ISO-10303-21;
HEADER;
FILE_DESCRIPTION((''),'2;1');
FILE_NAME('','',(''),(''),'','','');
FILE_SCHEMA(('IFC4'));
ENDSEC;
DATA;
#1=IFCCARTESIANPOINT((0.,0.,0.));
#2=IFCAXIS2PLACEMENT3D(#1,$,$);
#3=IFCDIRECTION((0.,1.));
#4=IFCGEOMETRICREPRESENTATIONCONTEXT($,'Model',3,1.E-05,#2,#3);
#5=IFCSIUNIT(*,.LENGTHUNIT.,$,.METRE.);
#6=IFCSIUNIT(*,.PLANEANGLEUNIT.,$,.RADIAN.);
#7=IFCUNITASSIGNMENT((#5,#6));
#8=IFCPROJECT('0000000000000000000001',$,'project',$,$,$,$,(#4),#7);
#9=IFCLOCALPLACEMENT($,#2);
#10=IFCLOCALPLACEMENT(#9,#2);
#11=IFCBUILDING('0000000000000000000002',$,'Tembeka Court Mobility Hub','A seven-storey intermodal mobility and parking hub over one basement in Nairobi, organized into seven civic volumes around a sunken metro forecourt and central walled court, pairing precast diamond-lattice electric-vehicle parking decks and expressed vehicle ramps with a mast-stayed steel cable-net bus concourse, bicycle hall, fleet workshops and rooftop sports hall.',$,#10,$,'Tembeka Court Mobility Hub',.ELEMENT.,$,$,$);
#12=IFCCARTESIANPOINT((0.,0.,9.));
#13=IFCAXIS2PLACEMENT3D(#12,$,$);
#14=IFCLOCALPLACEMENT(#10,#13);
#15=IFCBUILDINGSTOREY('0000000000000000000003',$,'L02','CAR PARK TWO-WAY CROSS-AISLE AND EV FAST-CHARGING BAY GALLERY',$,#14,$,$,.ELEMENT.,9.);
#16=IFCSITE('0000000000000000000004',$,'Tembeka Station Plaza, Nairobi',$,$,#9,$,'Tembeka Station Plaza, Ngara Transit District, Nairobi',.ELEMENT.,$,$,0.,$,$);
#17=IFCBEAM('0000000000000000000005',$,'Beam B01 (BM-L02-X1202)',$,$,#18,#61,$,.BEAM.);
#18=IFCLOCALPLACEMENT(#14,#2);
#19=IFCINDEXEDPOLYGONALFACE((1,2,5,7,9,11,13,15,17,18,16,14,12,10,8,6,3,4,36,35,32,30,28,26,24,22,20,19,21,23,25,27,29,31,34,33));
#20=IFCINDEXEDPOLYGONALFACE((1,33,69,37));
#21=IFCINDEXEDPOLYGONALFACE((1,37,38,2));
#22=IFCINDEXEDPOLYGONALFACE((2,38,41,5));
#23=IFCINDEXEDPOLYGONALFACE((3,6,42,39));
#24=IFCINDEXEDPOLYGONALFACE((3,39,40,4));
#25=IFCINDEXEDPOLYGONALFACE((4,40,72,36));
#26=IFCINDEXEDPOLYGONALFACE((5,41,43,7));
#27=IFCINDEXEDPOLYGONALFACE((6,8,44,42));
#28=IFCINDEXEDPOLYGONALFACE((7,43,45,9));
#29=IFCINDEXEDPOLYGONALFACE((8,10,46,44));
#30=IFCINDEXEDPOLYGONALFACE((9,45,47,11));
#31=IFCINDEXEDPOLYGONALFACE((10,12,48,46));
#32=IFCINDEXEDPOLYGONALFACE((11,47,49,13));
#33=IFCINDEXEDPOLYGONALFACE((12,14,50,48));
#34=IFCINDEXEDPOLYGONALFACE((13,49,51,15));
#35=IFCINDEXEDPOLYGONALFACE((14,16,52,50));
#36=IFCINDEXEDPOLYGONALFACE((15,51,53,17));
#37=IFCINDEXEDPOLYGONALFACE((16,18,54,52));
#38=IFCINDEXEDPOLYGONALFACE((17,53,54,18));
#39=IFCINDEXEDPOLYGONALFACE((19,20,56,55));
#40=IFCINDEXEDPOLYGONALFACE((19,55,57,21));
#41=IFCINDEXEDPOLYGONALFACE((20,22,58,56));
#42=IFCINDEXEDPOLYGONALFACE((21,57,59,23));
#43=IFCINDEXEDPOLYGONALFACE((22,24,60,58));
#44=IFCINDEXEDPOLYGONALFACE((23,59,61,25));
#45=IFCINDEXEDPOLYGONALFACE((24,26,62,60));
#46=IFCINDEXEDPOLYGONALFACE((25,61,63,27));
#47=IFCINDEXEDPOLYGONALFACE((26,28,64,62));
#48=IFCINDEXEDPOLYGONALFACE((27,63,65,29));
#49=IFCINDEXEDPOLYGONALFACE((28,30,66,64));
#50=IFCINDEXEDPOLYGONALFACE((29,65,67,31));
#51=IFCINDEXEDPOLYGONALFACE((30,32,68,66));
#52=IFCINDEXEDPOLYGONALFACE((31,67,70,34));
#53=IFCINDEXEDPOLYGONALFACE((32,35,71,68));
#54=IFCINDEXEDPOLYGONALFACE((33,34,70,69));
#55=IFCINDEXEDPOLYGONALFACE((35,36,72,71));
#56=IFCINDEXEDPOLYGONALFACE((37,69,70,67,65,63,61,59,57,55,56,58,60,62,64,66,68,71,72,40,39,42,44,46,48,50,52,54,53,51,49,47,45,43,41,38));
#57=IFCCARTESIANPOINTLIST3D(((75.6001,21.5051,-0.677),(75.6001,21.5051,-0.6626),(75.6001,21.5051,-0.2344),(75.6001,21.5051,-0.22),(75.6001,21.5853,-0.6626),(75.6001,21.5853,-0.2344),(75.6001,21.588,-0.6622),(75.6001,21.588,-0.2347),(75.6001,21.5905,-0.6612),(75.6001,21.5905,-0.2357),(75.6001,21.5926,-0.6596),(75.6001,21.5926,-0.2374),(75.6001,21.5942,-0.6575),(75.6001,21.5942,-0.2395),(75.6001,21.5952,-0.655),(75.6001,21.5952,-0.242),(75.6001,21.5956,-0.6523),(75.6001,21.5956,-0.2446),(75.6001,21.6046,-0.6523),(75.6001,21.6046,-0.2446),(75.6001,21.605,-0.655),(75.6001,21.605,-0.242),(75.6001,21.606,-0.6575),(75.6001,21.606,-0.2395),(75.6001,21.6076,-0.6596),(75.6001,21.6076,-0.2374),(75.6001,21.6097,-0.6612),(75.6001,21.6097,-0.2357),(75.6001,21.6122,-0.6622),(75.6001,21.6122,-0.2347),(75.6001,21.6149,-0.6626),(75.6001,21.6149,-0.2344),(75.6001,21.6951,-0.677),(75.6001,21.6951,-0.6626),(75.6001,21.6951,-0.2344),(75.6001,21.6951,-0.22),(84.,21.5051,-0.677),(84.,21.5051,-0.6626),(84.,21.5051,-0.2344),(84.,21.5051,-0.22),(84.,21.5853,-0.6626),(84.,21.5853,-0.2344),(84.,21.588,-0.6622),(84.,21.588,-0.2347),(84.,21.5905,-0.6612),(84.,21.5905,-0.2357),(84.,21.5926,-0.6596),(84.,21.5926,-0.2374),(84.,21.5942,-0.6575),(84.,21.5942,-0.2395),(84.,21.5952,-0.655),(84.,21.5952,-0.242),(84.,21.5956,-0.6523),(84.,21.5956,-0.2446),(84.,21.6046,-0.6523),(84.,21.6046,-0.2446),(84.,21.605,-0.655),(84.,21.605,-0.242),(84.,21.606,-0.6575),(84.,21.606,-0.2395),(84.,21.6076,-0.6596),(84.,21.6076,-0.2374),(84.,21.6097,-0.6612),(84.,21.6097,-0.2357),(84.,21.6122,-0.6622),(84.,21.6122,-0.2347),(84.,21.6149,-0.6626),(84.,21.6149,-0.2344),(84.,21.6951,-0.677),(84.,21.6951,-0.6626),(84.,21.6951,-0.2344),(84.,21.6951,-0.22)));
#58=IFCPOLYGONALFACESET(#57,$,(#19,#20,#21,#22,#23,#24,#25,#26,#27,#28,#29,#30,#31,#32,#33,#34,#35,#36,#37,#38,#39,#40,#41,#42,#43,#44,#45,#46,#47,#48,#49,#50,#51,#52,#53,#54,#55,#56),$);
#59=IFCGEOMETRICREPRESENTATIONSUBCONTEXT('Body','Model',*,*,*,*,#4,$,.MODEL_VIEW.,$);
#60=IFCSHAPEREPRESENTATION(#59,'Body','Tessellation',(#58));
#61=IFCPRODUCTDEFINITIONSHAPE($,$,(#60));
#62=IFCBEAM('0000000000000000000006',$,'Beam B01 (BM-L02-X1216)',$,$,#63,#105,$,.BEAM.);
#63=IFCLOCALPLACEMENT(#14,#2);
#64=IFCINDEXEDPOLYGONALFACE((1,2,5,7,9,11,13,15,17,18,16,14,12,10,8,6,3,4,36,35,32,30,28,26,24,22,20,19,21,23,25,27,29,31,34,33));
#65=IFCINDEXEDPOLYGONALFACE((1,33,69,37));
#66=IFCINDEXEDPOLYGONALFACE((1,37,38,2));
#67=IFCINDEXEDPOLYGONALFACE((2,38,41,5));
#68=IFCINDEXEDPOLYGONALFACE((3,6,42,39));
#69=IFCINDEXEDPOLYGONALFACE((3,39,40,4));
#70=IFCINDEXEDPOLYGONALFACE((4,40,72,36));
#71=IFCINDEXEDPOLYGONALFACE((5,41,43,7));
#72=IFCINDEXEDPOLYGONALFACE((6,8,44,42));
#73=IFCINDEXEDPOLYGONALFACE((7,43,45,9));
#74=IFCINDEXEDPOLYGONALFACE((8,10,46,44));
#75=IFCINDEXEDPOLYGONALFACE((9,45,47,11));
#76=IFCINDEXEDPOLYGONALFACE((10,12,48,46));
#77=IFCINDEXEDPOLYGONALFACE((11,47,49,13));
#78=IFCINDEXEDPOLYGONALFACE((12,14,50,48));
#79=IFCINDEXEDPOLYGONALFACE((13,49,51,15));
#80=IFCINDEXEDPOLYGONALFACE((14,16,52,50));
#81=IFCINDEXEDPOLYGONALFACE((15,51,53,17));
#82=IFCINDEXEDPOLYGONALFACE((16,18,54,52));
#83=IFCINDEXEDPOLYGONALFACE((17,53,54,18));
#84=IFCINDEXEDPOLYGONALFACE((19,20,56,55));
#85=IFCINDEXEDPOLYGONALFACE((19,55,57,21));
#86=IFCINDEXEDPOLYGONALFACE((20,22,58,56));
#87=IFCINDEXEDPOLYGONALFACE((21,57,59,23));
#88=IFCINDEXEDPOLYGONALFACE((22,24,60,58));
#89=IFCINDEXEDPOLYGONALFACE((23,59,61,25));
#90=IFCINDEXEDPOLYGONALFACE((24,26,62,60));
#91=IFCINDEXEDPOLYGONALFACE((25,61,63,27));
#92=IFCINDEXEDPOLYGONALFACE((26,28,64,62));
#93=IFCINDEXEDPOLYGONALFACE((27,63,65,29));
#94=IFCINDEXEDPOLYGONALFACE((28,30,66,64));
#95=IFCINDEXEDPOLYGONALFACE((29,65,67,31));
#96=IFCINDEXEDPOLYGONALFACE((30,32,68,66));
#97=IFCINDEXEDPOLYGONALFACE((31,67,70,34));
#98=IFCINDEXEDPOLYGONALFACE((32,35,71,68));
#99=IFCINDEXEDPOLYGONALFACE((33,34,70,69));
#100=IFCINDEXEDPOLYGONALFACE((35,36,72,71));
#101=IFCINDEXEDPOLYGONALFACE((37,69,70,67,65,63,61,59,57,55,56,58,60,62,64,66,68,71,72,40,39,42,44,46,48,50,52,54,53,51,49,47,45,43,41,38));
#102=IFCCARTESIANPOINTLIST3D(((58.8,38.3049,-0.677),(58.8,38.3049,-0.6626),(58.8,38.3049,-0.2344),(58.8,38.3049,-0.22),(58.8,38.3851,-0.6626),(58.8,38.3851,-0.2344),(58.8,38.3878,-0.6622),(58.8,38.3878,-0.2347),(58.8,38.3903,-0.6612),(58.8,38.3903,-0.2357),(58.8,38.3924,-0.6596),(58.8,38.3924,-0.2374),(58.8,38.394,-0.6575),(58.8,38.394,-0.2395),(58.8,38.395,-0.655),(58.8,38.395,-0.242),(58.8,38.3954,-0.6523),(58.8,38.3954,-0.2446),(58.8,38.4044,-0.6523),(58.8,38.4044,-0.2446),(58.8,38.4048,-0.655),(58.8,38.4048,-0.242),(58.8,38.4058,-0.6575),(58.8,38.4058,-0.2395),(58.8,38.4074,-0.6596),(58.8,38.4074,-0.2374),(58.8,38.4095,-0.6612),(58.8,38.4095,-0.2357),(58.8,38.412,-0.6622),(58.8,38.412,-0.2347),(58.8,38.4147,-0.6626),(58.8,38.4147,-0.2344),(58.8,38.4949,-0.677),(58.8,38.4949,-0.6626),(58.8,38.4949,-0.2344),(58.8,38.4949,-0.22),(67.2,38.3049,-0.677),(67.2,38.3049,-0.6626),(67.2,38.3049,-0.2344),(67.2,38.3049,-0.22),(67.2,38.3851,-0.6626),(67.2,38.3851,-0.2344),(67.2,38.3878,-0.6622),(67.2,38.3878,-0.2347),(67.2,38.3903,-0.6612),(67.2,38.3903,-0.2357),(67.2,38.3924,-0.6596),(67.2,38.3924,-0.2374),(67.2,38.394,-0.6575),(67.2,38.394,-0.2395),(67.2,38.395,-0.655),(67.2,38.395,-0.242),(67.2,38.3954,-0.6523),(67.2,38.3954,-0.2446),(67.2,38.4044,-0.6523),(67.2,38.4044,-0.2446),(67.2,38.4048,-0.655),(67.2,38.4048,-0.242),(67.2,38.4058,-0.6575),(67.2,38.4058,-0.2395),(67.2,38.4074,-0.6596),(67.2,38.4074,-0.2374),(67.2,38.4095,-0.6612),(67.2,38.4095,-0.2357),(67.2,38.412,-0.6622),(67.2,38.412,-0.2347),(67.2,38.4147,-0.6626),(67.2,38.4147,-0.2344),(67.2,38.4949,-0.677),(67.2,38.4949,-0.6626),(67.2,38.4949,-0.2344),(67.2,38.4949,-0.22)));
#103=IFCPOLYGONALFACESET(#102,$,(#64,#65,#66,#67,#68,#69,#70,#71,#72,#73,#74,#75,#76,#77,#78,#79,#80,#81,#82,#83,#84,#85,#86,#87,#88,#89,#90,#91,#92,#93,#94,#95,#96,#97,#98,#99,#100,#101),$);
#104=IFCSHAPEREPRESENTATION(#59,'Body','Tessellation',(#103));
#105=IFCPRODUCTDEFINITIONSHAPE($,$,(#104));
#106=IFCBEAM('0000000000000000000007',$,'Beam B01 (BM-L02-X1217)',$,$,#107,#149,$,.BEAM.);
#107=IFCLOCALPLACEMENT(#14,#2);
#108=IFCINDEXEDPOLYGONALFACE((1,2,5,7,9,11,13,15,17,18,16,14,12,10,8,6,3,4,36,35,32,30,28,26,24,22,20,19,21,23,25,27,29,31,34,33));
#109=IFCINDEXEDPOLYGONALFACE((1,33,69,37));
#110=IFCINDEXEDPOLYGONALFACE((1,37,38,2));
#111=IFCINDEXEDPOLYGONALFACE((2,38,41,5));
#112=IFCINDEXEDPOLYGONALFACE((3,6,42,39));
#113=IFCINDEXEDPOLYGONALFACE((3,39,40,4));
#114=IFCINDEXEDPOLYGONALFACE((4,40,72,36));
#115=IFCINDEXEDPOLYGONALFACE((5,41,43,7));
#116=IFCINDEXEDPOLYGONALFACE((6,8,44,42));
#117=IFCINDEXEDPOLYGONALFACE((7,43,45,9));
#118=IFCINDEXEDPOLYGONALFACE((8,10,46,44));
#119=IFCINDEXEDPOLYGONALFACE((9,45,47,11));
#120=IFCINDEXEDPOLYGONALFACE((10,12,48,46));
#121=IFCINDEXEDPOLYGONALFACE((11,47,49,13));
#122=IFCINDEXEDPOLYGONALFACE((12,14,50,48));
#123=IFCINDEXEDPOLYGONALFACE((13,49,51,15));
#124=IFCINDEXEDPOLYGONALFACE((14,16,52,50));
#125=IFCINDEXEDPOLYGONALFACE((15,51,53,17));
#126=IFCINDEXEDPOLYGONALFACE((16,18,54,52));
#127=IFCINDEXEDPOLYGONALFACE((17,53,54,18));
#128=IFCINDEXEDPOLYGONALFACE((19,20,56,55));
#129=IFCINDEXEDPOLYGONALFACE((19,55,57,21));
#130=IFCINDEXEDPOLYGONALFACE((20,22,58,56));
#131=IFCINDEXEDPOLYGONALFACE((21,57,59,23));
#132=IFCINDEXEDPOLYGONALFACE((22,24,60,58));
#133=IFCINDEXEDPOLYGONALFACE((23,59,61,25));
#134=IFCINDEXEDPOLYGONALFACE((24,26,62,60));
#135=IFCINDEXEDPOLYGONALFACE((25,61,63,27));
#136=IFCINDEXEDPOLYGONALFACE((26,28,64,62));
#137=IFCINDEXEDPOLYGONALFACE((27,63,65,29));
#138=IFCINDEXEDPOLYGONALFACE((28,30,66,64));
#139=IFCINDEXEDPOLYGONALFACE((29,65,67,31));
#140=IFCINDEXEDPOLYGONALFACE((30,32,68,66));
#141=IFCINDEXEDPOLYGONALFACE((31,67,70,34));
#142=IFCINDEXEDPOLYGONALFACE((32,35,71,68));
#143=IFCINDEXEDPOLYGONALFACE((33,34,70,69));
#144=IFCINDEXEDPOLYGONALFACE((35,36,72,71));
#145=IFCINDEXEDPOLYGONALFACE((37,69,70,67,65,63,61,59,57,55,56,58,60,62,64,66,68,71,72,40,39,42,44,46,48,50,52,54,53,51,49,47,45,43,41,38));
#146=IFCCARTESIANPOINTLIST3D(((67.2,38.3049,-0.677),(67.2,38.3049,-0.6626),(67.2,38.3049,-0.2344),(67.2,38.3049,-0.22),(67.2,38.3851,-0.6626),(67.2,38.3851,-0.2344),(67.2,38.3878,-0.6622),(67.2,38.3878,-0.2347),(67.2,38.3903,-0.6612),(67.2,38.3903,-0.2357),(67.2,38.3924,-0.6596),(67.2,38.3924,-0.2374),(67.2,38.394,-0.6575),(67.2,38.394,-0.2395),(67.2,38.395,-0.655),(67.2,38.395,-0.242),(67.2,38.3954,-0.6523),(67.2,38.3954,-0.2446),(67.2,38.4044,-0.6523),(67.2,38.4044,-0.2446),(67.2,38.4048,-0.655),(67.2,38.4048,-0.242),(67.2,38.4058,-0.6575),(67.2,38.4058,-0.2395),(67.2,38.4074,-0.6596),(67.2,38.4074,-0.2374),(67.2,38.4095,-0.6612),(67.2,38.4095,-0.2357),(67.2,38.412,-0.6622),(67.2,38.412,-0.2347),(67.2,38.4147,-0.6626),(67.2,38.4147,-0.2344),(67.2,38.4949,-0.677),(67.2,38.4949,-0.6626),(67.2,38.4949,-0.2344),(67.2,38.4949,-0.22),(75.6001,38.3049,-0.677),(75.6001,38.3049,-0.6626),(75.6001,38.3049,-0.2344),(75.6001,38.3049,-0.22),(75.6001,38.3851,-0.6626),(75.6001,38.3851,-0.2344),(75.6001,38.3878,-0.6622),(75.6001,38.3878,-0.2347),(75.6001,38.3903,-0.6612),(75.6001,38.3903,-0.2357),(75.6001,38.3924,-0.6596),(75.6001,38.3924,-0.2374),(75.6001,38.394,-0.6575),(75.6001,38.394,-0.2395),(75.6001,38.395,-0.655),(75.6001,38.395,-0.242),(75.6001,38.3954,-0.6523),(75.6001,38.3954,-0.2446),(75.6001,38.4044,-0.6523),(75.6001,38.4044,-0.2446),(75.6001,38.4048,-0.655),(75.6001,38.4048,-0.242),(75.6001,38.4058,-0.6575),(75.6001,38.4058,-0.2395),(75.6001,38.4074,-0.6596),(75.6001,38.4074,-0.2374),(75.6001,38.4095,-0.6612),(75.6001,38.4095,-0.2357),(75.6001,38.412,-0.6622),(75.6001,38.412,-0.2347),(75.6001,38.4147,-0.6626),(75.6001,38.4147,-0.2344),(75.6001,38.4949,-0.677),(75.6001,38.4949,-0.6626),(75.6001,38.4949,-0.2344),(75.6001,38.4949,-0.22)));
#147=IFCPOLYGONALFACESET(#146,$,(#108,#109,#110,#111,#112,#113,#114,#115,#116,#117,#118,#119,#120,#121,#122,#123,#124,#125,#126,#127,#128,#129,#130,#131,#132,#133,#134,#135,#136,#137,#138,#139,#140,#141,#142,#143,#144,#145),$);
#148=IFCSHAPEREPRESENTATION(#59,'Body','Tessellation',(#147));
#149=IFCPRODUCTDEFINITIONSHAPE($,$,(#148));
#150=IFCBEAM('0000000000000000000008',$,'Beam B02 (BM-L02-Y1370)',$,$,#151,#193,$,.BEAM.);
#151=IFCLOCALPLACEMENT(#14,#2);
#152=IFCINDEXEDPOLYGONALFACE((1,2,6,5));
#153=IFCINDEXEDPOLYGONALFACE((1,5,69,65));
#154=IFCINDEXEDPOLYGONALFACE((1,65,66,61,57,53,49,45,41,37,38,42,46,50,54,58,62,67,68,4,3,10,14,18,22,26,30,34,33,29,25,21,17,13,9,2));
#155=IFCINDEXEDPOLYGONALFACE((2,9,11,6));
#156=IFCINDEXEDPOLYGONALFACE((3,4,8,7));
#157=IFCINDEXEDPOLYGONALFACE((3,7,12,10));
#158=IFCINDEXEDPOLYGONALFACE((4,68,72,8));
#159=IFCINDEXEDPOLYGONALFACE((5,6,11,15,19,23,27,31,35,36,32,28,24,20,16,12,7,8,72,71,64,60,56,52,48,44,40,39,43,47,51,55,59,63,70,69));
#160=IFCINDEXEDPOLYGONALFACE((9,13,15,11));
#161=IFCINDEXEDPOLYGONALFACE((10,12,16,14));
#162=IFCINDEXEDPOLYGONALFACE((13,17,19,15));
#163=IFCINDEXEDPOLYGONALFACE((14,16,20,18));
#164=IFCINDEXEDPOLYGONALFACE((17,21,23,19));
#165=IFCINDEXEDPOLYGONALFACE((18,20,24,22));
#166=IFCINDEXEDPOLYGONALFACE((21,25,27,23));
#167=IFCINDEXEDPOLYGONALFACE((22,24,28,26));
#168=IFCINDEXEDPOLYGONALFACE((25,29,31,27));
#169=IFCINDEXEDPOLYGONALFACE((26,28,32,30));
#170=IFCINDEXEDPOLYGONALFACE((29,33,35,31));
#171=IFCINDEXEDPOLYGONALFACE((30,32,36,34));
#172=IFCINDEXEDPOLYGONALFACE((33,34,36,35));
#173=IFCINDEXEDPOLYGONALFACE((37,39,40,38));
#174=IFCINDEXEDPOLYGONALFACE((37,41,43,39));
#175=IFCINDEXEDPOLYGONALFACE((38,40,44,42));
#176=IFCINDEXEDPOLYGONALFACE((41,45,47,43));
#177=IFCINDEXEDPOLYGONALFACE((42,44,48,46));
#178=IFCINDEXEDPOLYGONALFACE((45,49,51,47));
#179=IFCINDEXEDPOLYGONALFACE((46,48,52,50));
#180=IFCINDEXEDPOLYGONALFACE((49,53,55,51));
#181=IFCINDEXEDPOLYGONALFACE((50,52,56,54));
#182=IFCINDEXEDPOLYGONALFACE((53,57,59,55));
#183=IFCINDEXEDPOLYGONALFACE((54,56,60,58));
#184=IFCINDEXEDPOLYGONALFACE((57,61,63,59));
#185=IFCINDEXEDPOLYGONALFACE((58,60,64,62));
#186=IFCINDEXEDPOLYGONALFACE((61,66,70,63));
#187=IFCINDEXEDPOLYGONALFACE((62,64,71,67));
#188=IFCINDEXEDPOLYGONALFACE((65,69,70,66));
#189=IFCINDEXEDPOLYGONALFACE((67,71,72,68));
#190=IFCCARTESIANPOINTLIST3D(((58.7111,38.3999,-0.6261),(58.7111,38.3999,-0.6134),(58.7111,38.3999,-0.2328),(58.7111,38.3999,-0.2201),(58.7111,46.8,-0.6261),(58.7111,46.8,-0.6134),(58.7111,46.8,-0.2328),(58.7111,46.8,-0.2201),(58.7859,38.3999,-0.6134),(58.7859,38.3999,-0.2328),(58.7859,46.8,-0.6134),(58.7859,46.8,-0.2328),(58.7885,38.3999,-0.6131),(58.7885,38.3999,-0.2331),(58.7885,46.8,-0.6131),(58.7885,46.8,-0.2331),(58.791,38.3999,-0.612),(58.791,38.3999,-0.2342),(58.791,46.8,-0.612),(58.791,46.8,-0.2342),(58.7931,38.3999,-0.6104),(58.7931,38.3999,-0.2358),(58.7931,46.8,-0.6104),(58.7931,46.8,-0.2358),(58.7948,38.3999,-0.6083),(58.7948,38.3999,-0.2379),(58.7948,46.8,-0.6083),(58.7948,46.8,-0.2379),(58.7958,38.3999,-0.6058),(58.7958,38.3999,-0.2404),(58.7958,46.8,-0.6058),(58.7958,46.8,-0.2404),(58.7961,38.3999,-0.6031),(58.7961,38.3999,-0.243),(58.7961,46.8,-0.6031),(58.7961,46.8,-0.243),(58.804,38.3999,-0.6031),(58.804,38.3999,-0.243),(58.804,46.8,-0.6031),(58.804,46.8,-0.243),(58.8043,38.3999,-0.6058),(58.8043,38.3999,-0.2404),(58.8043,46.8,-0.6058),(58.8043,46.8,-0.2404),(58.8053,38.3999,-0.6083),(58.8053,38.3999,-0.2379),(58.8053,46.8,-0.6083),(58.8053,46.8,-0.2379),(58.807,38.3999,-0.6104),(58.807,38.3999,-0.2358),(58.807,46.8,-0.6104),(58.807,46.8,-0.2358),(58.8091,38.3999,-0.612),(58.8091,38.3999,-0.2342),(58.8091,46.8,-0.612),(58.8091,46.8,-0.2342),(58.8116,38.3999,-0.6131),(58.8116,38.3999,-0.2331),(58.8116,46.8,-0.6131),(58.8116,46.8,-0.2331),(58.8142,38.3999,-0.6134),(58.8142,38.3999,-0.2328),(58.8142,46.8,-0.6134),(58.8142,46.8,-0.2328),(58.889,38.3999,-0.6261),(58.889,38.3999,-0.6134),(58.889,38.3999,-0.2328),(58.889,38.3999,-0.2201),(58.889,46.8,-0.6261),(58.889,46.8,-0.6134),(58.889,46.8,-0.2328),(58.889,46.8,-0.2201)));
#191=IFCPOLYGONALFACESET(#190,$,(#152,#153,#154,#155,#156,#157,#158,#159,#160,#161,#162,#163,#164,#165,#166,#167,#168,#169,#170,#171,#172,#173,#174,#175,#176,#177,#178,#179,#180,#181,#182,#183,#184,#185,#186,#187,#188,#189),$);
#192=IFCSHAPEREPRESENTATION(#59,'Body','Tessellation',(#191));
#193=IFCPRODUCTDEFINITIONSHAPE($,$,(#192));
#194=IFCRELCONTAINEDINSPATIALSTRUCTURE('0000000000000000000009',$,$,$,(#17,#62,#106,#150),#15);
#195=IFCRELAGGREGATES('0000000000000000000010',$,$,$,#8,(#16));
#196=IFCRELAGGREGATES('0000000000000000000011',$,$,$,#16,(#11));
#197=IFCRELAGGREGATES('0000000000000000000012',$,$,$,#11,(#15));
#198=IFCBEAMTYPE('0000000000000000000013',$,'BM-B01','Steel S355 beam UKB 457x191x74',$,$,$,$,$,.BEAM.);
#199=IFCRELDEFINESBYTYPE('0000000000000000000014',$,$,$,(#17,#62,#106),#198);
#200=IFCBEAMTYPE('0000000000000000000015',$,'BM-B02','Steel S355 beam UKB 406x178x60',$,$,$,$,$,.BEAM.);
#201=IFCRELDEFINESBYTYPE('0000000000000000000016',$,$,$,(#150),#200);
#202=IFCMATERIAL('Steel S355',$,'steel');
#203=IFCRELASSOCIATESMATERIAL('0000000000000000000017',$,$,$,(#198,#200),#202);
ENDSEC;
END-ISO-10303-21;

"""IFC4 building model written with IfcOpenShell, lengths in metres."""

from ifc_helpers import new_model, si_unit, direction, frame, origin, origin_2d, place, context, subcontext, project, spatial, i_section, extrude, material, material_profile, profile_set, type_object, element, save


model = new_model("IFC4")

# Units and contexts
model_context = context("Model", 3, precision=1e-05, world=origin(), true_north=direction((0.0, 1.0)))
body_context = subcontext(model_context, "Body", "Model", "MODEL_VIEW")
ifc_project = project(units=[si_unit("LENGTHUNIT", "METRE"), si_unit("PLANEANGLEUNIT", "RADIAN")], contexts=[model_context])

# Site, building, storey
site_placement = place(None, origin())
site = spatial("IfcSite", under=ifc_project, at=site_placement, Name="Tembeka Station Plaza, Nairobi", LongName="Tembeka Station Plaza, Ngara Transit District, Nairobi", CompositionType="ELEMENT", RefElevation=0.0)
building_placement = place(site_placement, origin())
building = spatial("IfcBuilding", under=site, at=building_placement, Name="Tembeka Court Mobility Hub", Description="A seven-storey intermodal mobility and parking hub over one basement in Nairobi, organized into seven civic volumes around a sunken metro forecourt and central walled court, pairing precast diamond-lattice electric-vehicle parking decks and expressed vehicle ramps with a mast-stayed steel cable-net bus concourse, bicycle hall, fleet workshops and rooftop sports hall.", LongName="Tembeka Court Mobility Hub", CompositionType="ELEMENT")
storey_placement = place(building_placement, frame((0.0, 0.0, 9.0)))
storey = spatial("IfcBuildingStorey", under=building, at=storey_placement, Name="L02", Description="CAR PARK TWO-WAY CROSS-AISLE AND EV FAST-CHARGING BAY GALLERY", CompositionType="ELEMENT", Elevation=9.0)

# Shared definitions
ifc_material_1 = material(Name="Steel S355", Category="steel")

# Beams
ifc_material_profile_1 = material_profile(ifc_material_1, i_section(OverallWidth=0.1899, OverallDepth=0.457, WebThickness=0.009, FlangeThickness=0.0144, FilletRadius=0.0103, at=origin_2d()), Name="UKB 457x191x74")
ifc_profile_set_1 = profile_set([ifc_material_profile_1], Name="Steel S355")
beam_type_1 = type_object("IfcBeamType", Name="BM-B01", Description="Steel S355 beam UKB 457x191x74", PredefinedType="BEAM", material=ifc_profile_set_1)
for number, where, z_axis, x_axis, name in (
    (1, (75.6001, 21.6001, -0.4485), (1.0, 0.0, 0.0), (0.0, 1.0, 0.0), "Beam B01 (BM-L02-X1202)"),
    (2, (58.8, 38.3999, -0.4485), (1.0, 0.0, 0.0), (0.0, 1.0, 0.0), "Beam B01 (BM-L02-X1216)"),
):
    element("IfcBeam", number, at=place(storey_placement, frame(where, z_axis=z_axis, x_axis=x_axis)), inside=storey, type_object=beam_type_1, Name=name, PredefinedType="BEAM", context=body_context, shape_type="SweptSolid", body=[
        extrude(i_section(OverallWidth=0.1899, OverallDepth=0.457, WebThickness=0.009, FlangeThickness=0.0144, FilletRadius=0.0103, at=origin_2d()), origin(), (0.0, 0.0, 1.0), 8.3999),
    ])
beam_1_placement = place(storey_placement, frame((67.2, 38.3999, -0.4485), z_axis=(1.0, 0.0, 0.0), x_axis=(0.0, 1.0, 0.0)))
element("IfcBeam", 3, at=beam_1_placement, inside=storey, type_object=beam_type_1, Name="Beam B01 (BM-L02-X1217)", PredefinedType="BEAM", context=body_context, shape_type="SweptSolid", body=[
    extrude(i_section(OverallWidth=0.1899, OverallDepth=0.457, WebThickness=0.009, FlangeThickness=0.0144, FilletRadius=0.0103, at=origin_2d()), origin(), (0.0, 0.0, 1.0), 8.4001),
])
ifc_material_profile_2 = material_profile(ifc_material_1, i_section(OverallWidth=0.178, OverallDepth=0.406, WebThickness=0.0078, FlangeThickness=0.0127, FilletRadius=0.0103, at=origin_2d()), Name="UKB 406x178x60")
ifc_profile_set_2 = profile_set([ifc_material_profile_2], Name="Steel S355")
beam_type_2 = type_object("IfcBeamType", Name="BM-B02", Description="Steel S355 beam UKB 406x178x60", PredefinedType="BEAM", material=ifc_profile_set_2)
for number, where, z_axis, x_axis, name in (
    (4, (58.8, 38.3999, -0.4231), (0.0, 1.0, 0.0), (-1.0, 0.0, 0.0), "Beam B02 (BM-L02-Y1370)"),
):
    element("IfcBeam", number, at=place(storey_placement, frame(where, z_axis=z_axis, x_axis=x_axis)), inside=storey, type_object=beam_type_2, Name=name, PredefinedType="BEAM", context=body_context, shape_type="SweptSolid", body=[
        extrude(i_section(OverallWidth=0.178, OverallDepth=0.406, WebThickness=0.0078, FlangeThickness=0.0127, FilletRadius=0.0103, at=origin_2d()), origin(), (0.0, 0.0, 1.0), 8.4001),
    ])

save(model, "model.ifc")
